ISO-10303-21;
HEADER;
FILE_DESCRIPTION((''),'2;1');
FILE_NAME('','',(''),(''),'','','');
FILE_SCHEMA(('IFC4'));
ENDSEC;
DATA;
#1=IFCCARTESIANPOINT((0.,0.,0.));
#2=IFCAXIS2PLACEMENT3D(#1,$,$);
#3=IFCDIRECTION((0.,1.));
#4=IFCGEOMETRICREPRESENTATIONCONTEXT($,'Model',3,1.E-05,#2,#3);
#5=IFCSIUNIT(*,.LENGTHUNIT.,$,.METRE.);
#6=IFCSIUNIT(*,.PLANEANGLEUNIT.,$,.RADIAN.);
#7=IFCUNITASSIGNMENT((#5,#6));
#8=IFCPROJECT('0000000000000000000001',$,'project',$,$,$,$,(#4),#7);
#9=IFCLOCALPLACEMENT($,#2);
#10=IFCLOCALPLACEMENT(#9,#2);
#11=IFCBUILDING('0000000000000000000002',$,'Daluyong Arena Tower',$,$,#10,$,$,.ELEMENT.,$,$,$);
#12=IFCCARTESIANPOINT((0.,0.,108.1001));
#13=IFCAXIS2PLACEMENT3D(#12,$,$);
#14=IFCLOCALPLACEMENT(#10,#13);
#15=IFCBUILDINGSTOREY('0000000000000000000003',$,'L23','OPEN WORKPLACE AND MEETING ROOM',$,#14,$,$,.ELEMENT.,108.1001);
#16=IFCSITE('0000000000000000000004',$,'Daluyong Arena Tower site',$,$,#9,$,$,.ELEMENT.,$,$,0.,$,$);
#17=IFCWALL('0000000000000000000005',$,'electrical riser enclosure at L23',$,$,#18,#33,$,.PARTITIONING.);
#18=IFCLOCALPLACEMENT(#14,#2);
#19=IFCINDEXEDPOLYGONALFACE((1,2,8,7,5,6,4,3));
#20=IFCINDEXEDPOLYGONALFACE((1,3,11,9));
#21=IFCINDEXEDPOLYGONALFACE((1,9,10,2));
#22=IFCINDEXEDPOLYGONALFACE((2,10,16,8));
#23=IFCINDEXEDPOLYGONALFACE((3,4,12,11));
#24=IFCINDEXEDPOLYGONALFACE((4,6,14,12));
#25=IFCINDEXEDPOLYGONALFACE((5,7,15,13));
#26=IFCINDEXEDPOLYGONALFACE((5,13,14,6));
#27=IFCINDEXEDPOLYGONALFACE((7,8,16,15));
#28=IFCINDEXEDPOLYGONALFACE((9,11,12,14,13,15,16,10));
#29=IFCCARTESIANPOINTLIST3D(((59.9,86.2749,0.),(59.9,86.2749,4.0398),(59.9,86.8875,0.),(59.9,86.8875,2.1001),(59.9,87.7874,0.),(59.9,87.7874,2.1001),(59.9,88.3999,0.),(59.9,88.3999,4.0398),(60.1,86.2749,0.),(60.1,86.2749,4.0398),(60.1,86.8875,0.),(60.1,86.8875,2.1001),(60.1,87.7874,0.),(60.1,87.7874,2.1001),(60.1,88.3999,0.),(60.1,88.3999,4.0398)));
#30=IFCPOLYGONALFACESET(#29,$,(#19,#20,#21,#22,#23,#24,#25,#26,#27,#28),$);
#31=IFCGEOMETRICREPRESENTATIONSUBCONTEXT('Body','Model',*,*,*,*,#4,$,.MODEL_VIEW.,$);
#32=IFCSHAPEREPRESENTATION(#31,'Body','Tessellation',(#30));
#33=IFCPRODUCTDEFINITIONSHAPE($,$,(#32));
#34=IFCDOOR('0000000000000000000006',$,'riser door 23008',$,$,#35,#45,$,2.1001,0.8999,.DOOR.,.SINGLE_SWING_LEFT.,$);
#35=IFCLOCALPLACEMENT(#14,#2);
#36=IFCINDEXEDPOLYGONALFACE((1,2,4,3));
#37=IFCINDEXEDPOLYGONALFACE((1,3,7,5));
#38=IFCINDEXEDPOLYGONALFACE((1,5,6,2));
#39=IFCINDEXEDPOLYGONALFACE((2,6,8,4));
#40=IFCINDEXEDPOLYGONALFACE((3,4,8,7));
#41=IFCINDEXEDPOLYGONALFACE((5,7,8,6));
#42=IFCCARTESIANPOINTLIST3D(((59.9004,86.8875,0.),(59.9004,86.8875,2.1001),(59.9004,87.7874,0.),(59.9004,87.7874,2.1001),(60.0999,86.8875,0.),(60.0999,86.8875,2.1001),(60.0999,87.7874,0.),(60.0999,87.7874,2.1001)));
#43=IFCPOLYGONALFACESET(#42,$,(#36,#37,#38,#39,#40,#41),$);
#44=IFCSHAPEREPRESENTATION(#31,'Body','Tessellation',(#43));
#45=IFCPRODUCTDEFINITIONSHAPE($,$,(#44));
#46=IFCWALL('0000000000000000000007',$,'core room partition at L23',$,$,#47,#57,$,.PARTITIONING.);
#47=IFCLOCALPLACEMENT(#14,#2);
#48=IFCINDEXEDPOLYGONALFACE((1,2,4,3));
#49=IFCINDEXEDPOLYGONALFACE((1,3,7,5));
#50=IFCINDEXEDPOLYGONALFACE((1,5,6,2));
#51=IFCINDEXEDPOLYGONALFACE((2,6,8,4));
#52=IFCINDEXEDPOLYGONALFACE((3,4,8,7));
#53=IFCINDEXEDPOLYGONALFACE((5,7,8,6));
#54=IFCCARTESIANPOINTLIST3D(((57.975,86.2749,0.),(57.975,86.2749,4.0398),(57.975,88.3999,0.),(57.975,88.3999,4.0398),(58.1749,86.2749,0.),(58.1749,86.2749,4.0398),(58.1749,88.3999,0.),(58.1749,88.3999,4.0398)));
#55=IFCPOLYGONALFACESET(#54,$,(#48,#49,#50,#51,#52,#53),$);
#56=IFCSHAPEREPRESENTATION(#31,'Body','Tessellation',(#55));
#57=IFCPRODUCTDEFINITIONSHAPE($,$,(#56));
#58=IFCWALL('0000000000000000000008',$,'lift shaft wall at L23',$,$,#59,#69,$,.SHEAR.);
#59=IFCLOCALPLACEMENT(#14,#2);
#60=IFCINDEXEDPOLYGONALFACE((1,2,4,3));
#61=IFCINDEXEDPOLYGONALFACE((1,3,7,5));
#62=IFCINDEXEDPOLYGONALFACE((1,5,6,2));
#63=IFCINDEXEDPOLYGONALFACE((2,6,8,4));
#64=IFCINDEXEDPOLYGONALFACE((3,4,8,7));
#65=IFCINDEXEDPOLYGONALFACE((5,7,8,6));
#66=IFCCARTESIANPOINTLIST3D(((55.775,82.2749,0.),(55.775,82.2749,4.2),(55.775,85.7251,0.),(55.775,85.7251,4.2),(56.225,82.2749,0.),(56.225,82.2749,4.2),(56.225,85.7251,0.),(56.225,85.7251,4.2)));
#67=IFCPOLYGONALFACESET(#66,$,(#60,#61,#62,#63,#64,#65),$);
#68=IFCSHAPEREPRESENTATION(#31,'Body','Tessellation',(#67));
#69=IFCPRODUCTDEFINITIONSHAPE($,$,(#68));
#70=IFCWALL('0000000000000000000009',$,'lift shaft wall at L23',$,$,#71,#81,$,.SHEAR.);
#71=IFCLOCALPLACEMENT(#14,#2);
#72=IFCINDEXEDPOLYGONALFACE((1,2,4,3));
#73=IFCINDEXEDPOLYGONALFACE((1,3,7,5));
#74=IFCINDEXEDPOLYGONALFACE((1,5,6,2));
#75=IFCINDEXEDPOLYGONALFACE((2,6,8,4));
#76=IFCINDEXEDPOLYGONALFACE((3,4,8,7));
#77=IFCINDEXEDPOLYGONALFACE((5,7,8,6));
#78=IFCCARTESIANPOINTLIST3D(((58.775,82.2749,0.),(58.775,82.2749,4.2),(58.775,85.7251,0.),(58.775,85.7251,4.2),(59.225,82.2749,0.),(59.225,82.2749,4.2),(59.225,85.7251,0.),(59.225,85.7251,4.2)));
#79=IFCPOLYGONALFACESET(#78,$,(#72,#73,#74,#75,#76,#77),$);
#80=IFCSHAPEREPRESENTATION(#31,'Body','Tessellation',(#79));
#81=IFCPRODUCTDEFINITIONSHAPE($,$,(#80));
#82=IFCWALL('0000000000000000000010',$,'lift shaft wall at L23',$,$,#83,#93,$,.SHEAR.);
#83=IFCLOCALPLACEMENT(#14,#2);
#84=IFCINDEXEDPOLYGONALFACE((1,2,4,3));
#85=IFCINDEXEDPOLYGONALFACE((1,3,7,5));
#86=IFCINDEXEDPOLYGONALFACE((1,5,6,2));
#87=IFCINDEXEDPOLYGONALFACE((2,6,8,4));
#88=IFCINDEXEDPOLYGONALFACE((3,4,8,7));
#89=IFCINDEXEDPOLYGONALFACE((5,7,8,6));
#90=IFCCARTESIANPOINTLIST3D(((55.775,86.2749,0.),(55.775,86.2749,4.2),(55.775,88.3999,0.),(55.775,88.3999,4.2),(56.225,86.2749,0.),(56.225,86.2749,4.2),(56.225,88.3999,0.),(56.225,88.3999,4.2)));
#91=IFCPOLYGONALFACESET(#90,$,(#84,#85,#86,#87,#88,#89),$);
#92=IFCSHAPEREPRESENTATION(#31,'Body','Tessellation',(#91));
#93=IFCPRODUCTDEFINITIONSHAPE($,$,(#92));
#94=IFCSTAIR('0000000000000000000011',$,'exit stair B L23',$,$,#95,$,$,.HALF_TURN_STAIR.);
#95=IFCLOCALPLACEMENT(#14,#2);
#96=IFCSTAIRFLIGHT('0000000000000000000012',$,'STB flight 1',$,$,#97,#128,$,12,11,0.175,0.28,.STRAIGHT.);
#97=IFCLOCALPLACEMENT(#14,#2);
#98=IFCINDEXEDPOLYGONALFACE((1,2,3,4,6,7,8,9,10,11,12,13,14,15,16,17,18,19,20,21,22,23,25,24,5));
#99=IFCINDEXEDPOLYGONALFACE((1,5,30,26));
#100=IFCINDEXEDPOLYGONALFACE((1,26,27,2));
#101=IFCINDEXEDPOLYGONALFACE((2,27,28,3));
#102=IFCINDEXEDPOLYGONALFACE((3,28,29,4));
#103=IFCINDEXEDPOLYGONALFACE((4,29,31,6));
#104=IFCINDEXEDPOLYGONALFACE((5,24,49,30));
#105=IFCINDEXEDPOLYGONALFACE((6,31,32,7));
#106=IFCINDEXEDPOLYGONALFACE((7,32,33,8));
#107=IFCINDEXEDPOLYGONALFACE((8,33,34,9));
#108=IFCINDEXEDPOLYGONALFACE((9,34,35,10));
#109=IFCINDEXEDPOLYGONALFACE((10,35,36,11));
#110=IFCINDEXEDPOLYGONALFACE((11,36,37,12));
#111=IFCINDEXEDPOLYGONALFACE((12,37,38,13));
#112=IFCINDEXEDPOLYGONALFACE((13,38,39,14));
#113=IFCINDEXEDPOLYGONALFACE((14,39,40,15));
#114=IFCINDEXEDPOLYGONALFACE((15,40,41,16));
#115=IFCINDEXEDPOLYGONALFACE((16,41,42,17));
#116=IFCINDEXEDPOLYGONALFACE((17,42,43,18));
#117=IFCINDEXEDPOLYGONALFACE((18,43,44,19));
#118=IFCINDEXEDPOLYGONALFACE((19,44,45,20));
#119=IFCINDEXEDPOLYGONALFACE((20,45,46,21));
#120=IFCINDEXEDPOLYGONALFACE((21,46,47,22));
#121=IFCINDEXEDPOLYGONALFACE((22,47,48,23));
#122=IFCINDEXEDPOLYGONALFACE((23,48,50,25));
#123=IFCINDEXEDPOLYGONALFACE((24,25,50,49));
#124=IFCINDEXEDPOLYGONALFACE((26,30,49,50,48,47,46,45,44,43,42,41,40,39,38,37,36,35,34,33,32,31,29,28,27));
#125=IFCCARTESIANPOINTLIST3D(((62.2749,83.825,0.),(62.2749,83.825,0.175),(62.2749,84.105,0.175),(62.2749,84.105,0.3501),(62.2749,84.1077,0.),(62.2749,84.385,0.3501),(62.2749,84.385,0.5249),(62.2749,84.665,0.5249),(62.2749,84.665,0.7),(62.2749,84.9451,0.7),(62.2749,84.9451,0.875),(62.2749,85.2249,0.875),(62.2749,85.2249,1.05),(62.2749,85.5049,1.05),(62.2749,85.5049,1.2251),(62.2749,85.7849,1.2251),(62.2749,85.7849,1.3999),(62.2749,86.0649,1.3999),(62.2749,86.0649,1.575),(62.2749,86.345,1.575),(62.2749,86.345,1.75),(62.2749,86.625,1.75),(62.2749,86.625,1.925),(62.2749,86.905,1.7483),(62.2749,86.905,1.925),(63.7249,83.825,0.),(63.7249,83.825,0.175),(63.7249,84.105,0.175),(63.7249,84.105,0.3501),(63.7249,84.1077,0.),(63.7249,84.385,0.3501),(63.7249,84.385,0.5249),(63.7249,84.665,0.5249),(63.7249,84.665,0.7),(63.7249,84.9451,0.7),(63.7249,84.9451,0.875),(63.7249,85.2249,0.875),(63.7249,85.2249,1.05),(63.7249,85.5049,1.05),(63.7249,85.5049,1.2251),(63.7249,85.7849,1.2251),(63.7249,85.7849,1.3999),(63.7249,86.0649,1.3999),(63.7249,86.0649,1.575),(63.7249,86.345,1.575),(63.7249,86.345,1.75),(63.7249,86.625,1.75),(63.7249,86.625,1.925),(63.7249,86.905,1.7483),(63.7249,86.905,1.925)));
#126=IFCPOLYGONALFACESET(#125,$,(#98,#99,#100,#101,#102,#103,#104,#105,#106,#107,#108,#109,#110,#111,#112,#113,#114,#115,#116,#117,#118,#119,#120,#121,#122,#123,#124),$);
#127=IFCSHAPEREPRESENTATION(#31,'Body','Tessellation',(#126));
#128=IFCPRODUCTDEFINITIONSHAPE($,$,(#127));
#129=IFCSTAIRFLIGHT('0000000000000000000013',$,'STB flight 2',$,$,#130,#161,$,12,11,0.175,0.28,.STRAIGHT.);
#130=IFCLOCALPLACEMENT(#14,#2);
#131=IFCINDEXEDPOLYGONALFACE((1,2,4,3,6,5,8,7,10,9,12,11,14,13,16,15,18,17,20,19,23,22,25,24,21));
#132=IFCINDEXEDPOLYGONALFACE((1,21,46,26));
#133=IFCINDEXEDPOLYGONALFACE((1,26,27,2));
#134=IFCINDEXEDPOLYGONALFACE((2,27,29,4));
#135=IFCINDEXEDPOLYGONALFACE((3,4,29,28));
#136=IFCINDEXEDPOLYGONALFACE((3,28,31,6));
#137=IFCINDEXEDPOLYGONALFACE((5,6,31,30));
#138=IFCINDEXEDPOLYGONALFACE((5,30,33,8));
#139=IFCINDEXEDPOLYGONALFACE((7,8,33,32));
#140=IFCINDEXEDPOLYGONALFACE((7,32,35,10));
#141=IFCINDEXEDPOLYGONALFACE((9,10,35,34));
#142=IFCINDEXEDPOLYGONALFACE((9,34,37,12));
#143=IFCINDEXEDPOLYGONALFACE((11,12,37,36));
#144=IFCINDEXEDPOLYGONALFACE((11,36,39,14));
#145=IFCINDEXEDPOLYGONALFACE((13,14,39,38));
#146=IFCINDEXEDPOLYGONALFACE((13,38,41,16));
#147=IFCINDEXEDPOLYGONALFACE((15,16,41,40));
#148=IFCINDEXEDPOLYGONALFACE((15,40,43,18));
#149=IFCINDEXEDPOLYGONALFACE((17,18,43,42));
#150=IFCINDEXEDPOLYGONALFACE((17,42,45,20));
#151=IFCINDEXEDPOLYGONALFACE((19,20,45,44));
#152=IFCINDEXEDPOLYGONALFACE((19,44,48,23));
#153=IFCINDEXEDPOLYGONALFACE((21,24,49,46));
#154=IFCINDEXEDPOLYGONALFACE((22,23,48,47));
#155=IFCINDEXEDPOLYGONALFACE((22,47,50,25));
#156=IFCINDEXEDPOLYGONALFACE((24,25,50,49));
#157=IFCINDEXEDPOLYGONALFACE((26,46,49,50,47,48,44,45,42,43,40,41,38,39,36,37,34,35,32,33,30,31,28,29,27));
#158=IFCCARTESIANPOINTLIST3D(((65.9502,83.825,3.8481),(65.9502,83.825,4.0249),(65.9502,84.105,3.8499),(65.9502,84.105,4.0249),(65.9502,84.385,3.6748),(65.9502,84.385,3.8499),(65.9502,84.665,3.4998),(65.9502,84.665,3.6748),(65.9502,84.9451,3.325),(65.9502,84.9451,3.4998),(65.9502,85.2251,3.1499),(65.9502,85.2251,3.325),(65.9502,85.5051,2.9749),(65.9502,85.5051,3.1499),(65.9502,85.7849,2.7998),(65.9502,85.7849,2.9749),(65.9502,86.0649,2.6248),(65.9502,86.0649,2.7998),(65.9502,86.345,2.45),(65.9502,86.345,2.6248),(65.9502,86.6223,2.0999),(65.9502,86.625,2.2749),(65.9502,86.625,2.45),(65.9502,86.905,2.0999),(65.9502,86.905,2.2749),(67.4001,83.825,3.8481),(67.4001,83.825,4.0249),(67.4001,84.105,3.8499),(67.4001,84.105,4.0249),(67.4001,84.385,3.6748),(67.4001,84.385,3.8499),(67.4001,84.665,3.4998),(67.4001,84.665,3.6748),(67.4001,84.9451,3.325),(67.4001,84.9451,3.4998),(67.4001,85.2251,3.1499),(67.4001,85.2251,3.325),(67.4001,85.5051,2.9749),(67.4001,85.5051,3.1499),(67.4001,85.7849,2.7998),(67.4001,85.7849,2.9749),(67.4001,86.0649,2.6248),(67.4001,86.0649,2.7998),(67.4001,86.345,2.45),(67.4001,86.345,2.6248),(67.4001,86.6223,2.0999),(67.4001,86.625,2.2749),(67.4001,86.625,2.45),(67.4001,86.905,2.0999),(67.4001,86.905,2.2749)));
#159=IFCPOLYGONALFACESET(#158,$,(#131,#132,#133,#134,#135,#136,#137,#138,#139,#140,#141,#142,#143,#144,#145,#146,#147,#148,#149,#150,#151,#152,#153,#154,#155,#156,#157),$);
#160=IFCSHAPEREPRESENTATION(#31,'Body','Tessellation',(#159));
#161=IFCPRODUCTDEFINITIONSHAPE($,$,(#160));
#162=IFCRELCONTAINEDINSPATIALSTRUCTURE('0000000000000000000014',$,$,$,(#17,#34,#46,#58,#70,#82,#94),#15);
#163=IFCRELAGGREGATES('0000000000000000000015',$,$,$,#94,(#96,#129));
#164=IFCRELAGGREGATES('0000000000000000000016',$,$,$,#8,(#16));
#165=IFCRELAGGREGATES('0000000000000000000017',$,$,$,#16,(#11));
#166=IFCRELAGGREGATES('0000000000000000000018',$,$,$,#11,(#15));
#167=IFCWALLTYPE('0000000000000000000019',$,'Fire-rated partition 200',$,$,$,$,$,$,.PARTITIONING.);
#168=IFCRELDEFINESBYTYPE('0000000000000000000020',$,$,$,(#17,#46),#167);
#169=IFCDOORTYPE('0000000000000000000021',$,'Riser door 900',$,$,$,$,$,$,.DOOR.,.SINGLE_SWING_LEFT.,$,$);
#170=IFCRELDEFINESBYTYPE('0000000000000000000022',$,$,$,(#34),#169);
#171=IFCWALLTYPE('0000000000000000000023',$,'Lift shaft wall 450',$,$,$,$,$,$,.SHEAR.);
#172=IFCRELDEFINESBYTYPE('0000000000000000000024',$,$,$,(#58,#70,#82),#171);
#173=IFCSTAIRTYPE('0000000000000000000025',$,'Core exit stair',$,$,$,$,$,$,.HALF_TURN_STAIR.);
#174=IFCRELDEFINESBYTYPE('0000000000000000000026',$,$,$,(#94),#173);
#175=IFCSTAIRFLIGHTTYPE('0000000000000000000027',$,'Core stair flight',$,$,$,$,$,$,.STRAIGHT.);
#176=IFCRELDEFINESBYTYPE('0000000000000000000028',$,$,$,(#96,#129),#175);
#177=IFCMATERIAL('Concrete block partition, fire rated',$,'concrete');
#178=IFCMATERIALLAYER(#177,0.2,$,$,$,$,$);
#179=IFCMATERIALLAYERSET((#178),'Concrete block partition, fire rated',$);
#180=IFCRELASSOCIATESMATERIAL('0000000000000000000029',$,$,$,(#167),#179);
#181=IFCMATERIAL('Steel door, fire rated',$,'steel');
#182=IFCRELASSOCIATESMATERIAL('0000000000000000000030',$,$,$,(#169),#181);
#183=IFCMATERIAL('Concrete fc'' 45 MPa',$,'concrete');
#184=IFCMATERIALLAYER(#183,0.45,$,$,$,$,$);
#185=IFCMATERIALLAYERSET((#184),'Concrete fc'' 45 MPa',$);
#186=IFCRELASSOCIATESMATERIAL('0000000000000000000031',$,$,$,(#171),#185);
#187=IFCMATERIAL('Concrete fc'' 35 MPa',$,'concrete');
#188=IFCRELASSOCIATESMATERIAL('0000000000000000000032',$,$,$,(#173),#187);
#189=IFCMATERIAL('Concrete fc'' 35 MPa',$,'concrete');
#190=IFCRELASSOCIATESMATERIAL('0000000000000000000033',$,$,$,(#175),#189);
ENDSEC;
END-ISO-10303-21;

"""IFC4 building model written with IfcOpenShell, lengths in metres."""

from ifc_helpers import new_model, si_unit, direction, frame, frame_2d, origin, place, context, subcontext, project, spatial, polyline, rectangle, outline, extrude, material, layer, layer_set, type_object, element, fill, aggregate, save


model = new_model("IFC4")

# Units and contexts
model_context = context("Model", 3, precision=1e-05, world=origin(), true_north=direction((0.0, 1.0)))
body_context = subcontext(model_context, "Body", "Model", "MODEL_VIEW")
ifc_project = project(units=[si_unit("LENGTHUNIT", "METRE"), si_unit("PLANEANGLEUNIT", "RADIAN")], contexts=[model_context])

# Site, building, storey
site_placement = place(None, origin())
site = spatial("IfcSite", under=ifc_project, at=site_placement, Name="Daluyong Arena Tower site", CompositionType="ELEMENT", RefElevation=0.0)
building_placement = place(site_placement, origin())
building = spatial("IfcBuilding", under=site, at=building_placement, Name="Daluyong Arena Tower", CompositionType="ELEMENT")
storey_placement = place(building_placement, frame((0.0, 0.0, 108.1001)))
storey = spatial("IfcBuildingStorey", under=building, at=storey_placement, Name="L23", Description="OPEN WORKPLACE AND MEETING ROOM", CompositionType="ELEMENT", Elevation=108.1001)

# Wall, opening, door
ifc_material_1 = material(Name="Concrete block partition, fire rated", Category="concrete")
ifc_layer_1 = layer(ifc_material_1, 0.2)
ifc_layer_set_1 = layer_set([ifc_layer_1], Name="Concrete block partition, fire rated")
wall_type_1 = type_object("IfcWallType", Name="Fire-rated partition 200", PredefinedType="PARTITIONING", material=ifc_layer_set_1)
wall_1_placement = place(storey_placement, frame((60.0, 86.2749, 0.0), z_axis=(0.0, 0.0, 1.0), x_axis=(0.0, 1.0, 0.0)))
wall_1 = element("IfcWall", 1, at=wall_1_placement, inside=storey, type_object=wall_type_1, Name="electrical riser enclosure at L23", PredefinedType="PARTITIONING", context=body_context, shape_type="SweptSolid", body=[
    extrude(rectangle(XDim=2.125, YDim=0.2, at=frame_2d((1.0625, 0.0))), origin(), (0.0, 0.0, 1.0), 4.0398),
])
opening_1_placement = place(wall_1_placement, frame((0.6125, 0.0, 0.0)))
opening_1 = element("IfcOpeningElement", 2, at=opening_1_placement, cuts=wall_1, PredefinedType="OPENING", context=body_context, shape_type="SweptSolid", body=[
    extrude(rectangle(XDim=0.8999, YDim=2.1001, at=frame_2d((0.45, 1.05))), frame((0.0, 0.1099, 0.0), z_axis=(0.0, -1.0, 0.0), x_axis=(1.0, 0.0, 0.0)), (0.0, 0.0, 1.0), 0.22),
])
ifc_material_2 = material(Name="Steel door, fire rated", Category="steel")
door_type_1 = type_object("IfcDoorType", Name="Riser door 900", OperationType="SINGLE_SWING_LEFT", PredefinedType="DOOR", material=ifc_material_2)
door_1_placement = place(opening_1_placement, origin())
door_1 = element("IfcDoor", 3, at=door_1_placement, inside=storey, type_object=door_type_1, Name="riser door 23008", OperationType="SINGLE_SWING_LEFT", OverallHeight=2.1001, OverallWidth=0.8999, PredefinedType="DOOR", context=body_context, shape_type="SweptSolid", body=[
    extrude(rectangle(XDim=0.8999, YDim=2.1001, at=frame_2d((0.45, 1.05))), frame((0.0, 0.0996, 0.0), z_axis=(0.0, -1.0, 0.0), x_axis=(1.0, 0.0, 0.0)), (0.0, 0.0, 1.0), 0.1995),
])
fill(opening_1, door_1)

# Walls
wall_2_placement = place(storey_placement, frame((58.075, 86.2749, 0.0), z_axis=(0.0, 0.0, 1.0), x_axis=(0.0, 1.0, 0.0)))
element("IfcWall", 4, at=wall_2_placement, inside=storey, type_object=wall_type_1, Name="core room partition at L23", PredefinedType="PARTITIONING", context=body_context, shape_type="SweptSolid", body=[
    extrude(rectangle(XDim=2.125, YDim=0.2, at=frame_2d((1.0625, 0.0))), origin(), (0.0, 0.0, 1.0), 4.0398),
])
ifc_material_3 = material(Name="Concrete fc' 45 MPa", Category="concrete")
ifc_layer_2 = layer(ifc_material_3, 0.45)
ifc_layer_set_2 = layer_set([ifc_layer_2], Name="Concrete fc' 45 MPa")
wall_type_2 = type_object("IfcWallType", Name="Lift shaft wall 450", PredefinedType="SHEAR", material=ifc_layer_set_2)
for number, where, z_axis, x_axis, name in (
    (5, (56.0, 82.2749, 0.0), (0.0, 0.0, 1.0), (0.0, 1.0, 0.0), "lift shaft wall at L23"),
    (6, (59.0, 82.2749, 0.0), (0.0, 0.0, 1.0), (0.0, 1.0, 0.0), "lift shaft wall at L23"),
):
    element("IfcWall", number, at=place(storey_placement, frame(where, z_axis=z_axis, x_axis=x_axis)), inside=storey, type_object=wall_type_2, Name=name, PredefinedType="SHEAR", context=body_context, shape_type="SweptSolid", body=[
        extrude(rectangle(XDim=3.4502, YDim=0.45, at=frame_2d((1.7251, 0.0))), origin(), (0.0, 0.0, 1.0), 4.2),
    ])
wall_3_placement = place(storey_placement, frame((56.0, 86.2749, 0.0), z_axis=(0.0, 0.0, 1.0), x_axis=(0.0, 1.0, 0.0)))
element("IfcWall", 7, at=wall_3_placement, inside=storey, type_object=wall_type_2, Name="lift shaft wall at L23", PredefinedType="SHEAR", context=body_context, shape_type="SweptSolid", body=[
    extrude(rectangle(XDim=2.125, YDim=0.45, at=frame_2d((1.0625, 0.0))), origin(), (0.0, 0.0, 1.0), 4.2),
])

# Stair, stair flights
ifc_material_4 = material(Name="Concrete fc' 35 MPa", Category="concrete")
stair_type = type_object("IfcStairType", Name="Core exit stair", PredefinedType="HALF_TURN_STAIR", material=ifc_material_4)
stair_placement = place(storey_placement, origin())
stair = element("IfcStair", 8, at=stair_placement, inside=storey, type_object=stair_type, Name="exit stair B L23", PredefinedType="HALF_TURN_STAIR")
ifc_material_5 = material(Name="Concrete fc' 35 MPa", Category="concrete")
stair_flight_type = type_object("IfcStairFlightType", Name="Core stair flight", PredefinedType="STRAIGHT", material=ifc_material_5)
stair_flight_1_placement = place(storey_placement, frame((63.0, 83.825, 0.0), z_axis=(0.0, 0.0, 1.0), x_axis=(0.0, 1.0, 0.0)))
stair_flight_1 = element("IfcStairFlight", 9, at=stair_flight_1_placement, type_object=stair_flight_type, Name="STB flight 1", NumberOfRisers=12, NumberOfTreads=11, PredefinedType="STRAIGHT", RiserHeight=0.175, TreadLength=0.28, context=body_context, shape_type="SweptSolid", body=[
    extrude(outline(polyline([(0.0, 0.0), (0.0, 0.175), (0.28, 0.175), (0.28, 0.3501), (0.5601, 0.3501), (0.5601, 0.5249), (0.8401, 0.5249), (0.8401, 0.7), (1.1201, 0.7), (1.1201, 0.875), (1.3999, 0.875), (1.3999, 1.05), (1.6799, 1.05), (1.6799, 1.2251), (1.96, 1.2251), (1.96, 1.3999), (2.24, 1.3999), (2.24, 1.575), (2.52, 1.575), (2.52, 1.75), (2.8, 1.75), (2.8, 1.925), (3.0801, 1.925), (3.0801, 2.1001), (3.0801, 1.7483), (0.2827, 0.0), (0.0, 0.0)])), frame((0.0, 0.7251, 0.0), z_axis=(0.0, -1.0, 0.0), x_axis=(1.0, 0.0, 0.0)), (0.0, 0.0, 1.0), 1.45),
])
stair_flight_2_placement = place(storey_placement, frame((66.675, 86.905, 2.0999), z_axis=(0.0, 0.0, 1.0), x_axis=(0.0, -1.0, 0.0)))
stair_flight_2 = element("IfcStairFlight", 10, at=stair_flight_2_placement, type_object=stair_flight_type, Name="STB flight 2", NumberOfRisers=12, NumberOfTreads=11, PredefinedType="STRAIGHT", RiserHeight=0.175, TreadLength=0.28, context=body_context, shape_type="SweptSolid", body=[
    extrude(outline(polyline([(0.0, 0.0), (0.0, 0.175), (0.28, 0.175), (0.28, 0.3501), (0.5601, 0.3501), (0.5601, 0.5249), (0.8401, 0.5249), (0.8401, 0.7), (1.1201, 0.7), (1.1201, 0.875), (1.3999, 0.875), (1.3999, 1.05), (1.6799, 1.05), (1.6799, 1.2251), (1.96, 1.2251), (1.96, 1.3999), (2.24, 1.3999), (2.24, 1.575), (2.52, 1.575), (2.52, 1.75), (2.8, 1.75), (2.8, 1.925), (3.0801, 1.925), (3.0801, 2.1001), (3.0801, 1.7483), (0.2827, 0.0), (0.0, 0.0)])), frame((0.0, 0.7251, 0.0), z_axis=(0.0, -1.0, 0.0), x_axis=(1.0, 0.0, 0.0)), (0.0, 0.0, 1.0), 1.45),
])
aggregate(stair, [stair_flight_1, stair_flight_2])

save(model, "model.ifc")
